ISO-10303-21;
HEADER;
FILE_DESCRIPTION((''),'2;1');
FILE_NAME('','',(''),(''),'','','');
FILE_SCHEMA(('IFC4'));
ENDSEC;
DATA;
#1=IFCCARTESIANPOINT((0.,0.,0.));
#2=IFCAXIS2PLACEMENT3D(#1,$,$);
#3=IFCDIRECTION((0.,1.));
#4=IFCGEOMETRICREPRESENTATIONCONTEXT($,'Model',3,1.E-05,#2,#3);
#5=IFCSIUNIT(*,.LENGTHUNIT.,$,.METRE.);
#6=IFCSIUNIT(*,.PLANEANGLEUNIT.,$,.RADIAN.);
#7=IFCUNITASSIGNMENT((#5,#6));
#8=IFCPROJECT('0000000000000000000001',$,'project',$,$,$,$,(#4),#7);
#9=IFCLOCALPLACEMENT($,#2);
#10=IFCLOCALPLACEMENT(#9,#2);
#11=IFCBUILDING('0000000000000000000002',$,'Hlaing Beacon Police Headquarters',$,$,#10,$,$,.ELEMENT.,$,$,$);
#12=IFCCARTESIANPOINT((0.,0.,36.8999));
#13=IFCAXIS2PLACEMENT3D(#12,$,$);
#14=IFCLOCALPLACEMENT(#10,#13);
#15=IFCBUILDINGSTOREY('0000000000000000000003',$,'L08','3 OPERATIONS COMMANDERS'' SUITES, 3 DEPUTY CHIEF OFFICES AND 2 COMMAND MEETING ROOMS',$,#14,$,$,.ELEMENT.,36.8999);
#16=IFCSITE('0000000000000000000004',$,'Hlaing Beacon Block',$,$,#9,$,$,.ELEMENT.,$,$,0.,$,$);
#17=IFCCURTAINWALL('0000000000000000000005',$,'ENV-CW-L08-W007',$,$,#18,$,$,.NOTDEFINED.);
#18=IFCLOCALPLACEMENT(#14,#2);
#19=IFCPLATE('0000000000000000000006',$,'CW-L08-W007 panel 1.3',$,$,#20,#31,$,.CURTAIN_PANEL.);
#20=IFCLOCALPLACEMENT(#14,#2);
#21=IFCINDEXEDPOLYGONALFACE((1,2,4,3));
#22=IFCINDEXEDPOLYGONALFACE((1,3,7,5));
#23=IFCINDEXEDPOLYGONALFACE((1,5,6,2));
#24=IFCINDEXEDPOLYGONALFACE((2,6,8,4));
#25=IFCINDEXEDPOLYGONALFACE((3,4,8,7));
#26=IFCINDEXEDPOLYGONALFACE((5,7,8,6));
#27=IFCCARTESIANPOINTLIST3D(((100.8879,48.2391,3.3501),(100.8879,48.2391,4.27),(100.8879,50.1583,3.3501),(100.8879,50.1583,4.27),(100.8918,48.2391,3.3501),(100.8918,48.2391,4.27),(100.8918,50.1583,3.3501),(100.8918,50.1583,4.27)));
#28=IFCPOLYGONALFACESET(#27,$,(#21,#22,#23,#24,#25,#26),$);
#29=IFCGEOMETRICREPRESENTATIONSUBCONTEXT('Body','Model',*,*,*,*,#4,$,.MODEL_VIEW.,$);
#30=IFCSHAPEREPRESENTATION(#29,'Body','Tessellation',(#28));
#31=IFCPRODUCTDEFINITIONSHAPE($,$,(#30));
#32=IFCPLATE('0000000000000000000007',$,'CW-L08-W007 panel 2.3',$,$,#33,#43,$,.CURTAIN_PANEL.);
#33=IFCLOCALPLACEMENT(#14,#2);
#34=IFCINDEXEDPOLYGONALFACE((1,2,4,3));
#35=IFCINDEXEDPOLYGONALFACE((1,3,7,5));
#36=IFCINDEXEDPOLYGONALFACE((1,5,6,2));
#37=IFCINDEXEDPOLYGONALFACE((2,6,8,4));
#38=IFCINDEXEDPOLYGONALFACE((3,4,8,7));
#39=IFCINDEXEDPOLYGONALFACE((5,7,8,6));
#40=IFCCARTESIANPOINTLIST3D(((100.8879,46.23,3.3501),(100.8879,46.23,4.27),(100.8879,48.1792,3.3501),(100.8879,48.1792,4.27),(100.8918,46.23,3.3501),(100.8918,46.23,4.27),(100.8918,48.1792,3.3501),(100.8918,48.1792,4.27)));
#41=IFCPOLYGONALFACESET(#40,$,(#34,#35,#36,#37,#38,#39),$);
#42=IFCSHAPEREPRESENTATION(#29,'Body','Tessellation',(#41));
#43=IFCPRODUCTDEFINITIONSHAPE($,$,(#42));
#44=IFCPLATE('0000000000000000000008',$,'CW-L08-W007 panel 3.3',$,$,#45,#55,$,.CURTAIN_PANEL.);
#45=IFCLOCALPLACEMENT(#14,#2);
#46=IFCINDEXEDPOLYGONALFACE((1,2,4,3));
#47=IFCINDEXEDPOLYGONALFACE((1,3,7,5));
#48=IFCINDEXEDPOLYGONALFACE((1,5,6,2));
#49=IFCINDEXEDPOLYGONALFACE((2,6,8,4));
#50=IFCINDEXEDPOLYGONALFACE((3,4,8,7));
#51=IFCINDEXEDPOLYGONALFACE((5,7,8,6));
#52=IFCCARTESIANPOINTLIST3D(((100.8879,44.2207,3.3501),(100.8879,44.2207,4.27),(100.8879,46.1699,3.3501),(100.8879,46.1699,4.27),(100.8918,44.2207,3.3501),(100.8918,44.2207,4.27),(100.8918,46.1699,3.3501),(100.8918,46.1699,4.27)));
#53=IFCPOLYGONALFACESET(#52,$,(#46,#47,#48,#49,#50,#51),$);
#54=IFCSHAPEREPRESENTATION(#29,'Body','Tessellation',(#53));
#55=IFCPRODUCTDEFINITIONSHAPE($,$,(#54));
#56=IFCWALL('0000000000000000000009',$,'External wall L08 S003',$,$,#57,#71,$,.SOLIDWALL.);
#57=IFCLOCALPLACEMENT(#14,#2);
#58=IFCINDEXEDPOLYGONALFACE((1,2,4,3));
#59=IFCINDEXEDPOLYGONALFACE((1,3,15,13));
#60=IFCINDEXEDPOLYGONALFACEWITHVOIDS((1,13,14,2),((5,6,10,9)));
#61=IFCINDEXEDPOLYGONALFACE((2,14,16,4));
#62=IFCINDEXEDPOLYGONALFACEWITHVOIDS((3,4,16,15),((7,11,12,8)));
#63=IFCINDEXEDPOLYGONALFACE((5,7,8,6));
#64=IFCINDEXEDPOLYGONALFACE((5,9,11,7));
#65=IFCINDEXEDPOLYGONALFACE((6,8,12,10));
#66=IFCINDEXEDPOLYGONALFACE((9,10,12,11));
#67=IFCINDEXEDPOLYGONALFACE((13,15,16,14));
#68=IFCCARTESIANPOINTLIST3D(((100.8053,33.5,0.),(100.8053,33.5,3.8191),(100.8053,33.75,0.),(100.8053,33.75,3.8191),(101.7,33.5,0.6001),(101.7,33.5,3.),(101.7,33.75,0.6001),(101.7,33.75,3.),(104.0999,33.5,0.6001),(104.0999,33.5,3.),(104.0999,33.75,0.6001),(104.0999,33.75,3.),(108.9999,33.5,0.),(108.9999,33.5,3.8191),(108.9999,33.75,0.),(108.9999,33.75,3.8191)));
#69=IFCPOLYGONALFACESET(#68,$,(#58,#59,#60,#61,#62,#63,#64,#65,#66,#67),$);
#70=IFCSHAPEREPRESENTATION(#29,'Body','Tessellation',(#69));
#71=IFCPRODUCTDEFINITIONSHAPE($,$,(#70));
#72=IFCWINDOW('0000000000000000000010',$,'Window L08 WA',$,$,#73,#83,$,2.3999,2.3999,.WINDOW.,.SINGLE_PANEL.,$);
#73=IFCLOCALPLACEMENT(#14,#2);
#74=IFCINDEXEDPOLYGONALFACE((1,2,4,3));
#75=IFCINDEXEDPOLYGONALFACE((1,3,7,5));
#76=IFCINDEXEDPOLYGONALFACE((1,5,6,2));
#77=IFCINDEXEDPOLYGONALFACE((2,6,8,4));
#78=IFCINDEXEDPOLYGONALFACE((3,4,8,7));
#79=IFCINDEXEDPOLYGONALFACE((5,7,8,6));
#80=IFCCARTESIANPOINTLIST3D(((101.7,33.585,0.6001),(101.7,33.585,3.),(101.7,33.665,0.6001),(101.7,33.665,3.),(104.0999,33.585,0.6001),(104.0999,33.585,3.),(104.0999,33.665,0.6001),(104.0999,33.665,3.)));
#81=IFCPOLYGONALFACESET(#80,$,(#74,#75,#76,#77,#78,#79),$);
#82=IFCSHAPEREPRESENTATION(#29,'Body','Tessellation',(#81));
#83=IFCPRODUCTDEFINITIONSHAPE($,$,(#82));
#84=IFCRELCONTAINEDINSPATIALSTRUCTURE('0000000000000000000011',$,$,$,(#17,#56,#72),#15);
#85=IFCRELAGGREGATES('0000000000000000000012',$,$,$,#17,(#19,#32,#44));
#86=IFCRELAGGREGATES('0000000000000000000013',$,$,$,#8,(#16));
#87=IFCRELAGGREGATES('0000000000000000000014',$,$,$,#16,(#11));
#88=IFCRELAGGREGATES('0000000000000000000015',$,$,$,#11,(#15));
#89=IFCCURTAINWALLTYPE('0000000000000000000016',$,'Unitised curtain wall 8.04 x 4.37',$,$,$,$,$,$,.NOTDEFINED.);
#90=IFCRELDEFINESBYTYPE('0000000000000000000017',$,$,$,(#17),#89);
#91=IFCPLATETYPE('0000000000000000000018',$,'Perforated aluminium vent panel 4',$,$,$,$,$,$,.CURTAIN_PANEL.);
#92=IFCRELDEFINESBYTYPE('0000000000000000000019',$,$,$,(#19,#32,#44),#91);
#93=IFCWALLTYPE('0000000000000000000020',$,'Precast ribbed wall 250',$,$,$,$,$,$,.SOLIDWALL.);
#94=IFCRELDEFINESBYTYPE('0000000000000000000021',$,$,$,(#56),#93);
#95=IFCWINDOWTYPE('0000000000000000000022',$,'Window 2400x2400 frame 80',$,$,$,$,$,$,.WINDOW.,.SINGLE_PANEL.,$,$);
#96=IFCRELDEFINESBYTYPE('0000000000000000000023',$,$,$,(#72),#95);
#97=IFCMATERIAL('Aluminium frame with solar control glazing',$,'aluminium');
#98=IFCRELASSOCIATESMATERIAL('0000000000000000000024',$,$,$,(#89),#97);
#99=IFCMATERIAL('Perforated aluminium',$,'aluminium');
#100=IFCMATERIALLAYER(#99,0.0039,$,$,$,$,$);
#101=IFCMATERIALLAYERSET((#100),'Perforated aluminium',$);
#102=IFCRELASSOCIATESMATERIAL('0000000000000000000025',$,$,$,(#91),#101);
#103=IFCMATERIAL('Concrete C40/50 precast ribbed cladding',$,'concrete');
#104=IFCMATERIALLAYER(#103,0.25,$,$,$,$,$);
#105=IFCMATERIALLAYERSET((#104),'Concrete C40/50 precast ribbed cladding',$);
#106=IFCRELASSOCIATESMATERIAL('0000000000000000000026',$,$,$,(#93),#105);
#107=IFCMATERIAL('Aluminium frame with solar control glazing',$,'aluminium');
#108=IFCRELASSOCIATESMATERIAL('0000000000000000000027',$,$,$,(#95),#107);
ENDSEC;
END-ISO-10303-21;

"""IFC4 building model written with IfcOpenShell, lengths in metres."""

from ifc_helpers import new_model, si_unit, direction, frame, frame_2d, origin, origin_2d, place, context, subcontext, project, spatial, rectangle, extrude, material, layer, layer_set, type_object, element, fill, aggregate, save


model = new_model("IFC4")

# Units and contexts
model_context = context("Model", 3, precision=1e-05, world=origin(), true_north=direction((0.0, 1.0)))
body_context = subcontext(model_context, "Body", "Model", "MODEL_VIEW")
ifc_project = project(units=[si_unit("LENGTHUNIT", "METRE"), si_unit("PLANEANGLEUNIT", "RADIAN")], contexts=[model_context])

# Site, building, storey
site_placement = place(None, origin())
site = spatial("IfcSite", under=ifc_project, at=site_placement, Name="Hlaing Beacon Block", CompositionType="ELEMENT", RefElevation=0.0)
building_placement = place(site_placement, origin())
building = spatial("IfcBuilding", under=site, at=building_placement, Name="Hlaing Beacon Police Headquarters", CompositionType="ELEMENT")
storey_placement = place(building_placement, frame((0.0, 0.0, 36.8999)))
storey = spatial("IfcBuildingStorey", under=building, at=storey_placement, Name="L08", Description="3 OPERATIONS COMMANDERS' SUITES, 3 DEPUTY CHIEF OFFICES AND 2 COMMAND MEETING ROOMS", CompositionType="ELEMENT", Elevation=36.8999)

# Shared definitions
ifc_material_1 = material(Name="Aluminium frame with solar control glazing", Category="aluminium")
curtain_wall_type = type_object("IfcCurtainWallType", Name="Unitised curtain wall 8.04 x 4.37", PredefinedType="NOTDEFINED", material=ifc_material_1)

# Curtain wall
curtain_wall_1_placement = place(storey_placement, origin())
curtain_wall_1 = element("IfcCurtainWall", 1, at=curtain_wall_1_placement, inside=storey, type_object=curtain_wall_type, Name="ENV-CW-L08-W007", PredefinedType="NOTDEFINED")

# Plates
ifc_material_2 = material(Name="Perforated aluminium", Category="aluminium")
ifc_layer_1 = layer(ifc_material_2, 0.0039)
ifc_layer_set_1 = layer_set([ifc_layer_1], Name="Perforated aluminium")
plate_type_1 = type_object("IfcPlateType", Name="Perforated aluminium vent panel 4", PredefinedType="CURTAIN_PANEL", material=ifc_layer_set_1)
plate_1_placement = place(storey_placement, frame((100.8899, 49.1987, 3.3501), z_axis=(0.0, 0.0, 1.0), x_axis=(0.0, -1.0, 0.0)))
plate_1 = element("IfcPlate", 2, at=plate_1_placement, type_object=plate_type_1, Name="CW-L08-W007 panel 1.3", PredefinedType="CURTAIN_PANEL", context=body_context, shape_type="SweptSolid", body=[
    extrude(rectangle(XDim=1.9192, YDim=0.0039, at=origin_2d()), origin(), (0.0, 0.0, 1.0), 0.9199),
])
plate_2_placement = place(storey_placement, frame((100.8899, 47.2046, 3.3501), z_axis=(0.0, 0.0, 1.0), x_axis=(0.0, -1.0, 0.0)))
plate_2 = element("IfcPlate", 3, at=plate_2_placement, type_object=plate_type_1, Name="CW-L08-W007 panel 2.3", PredefinedType="CURTAIN_PANEL", context=body_context, shape_type="SweptSolid", body=[
    extrude(rectangle(XDim=1.9492, YDim=0.0039, at=origin_2d()), origin(), (0.0, 0.0, 1.0), 0.9199),
])
plate_3_placement = place(storey_placement, frame((100.8899, 45.1953, 3.3501), z_axis=(0.0, 0.0, 1.0), x_axis=(0.0, -1.0, 0.0)))
plate_3 = element("IfcPlate", 4, at=plate_3_placement, type_object=plate_type_1, Name="CW-L08-W007 panel 3.3", PredefinedType="CURTAIN_PANEL", context=body_context, shape_type="SweptSolid", body=[
    extrude(rectangle(XDim=1.9492, YDim=0.0039, at=origin_2d()), origin(), (0.0, 0.0, 1.0), 0.9199),
])
aggregate(curtain_wall_1, [plate_1, plate_2, plate_3])

# Wall, opening, window
ifc_material_3 = material(Name="Concrete C40/50 precast ribbed cladding", Category="concrete")
ifc_layer_2 = layer(ifc_material_3, 0.25)
ifc_layer_set_2 = layer_set([ifc_layer_2], Name="Concrete C40/50 precast ribbed cladding")
wall_type = type_object("IfcWallType", Name="Precast ribbed wall 250", PredefinedType="SOLIDWALL", material=ifc_layer_set_2)
wall_placement = place(storey_placement, frame((100.8054, 33.625, 0.0), z_axis=(0.0, 0.0, 1.0), x_axis=(1.0, 0.0, 0.0)))
wall = element("IfcWall", 5, at=wall_placement, inside=storey, type_object=wall_type, Name="External wall L08 S003", PredefinedType="SOLIDWALL", context=body_context, shape_type="SweptSolid", body=[
    extrude(rectangle(XDim=8.1946, YDim=0.25, at=frame_2d((4.0972, 0.0))), origin(), (0.0, 0.0, 1.0), 3.8191),
])
opening_placement = place(wall_placement, frame((0.8945, 0.0, 0.6001)))
opening = element("IfcOpeningElement", 6, at=opening_placement, cuts=wall, PredefinedType="OPENING", context=body_context, shape_type="SweptSolid", body=[
    extrude(rectangle(XDim=2.3999, YDim=2.3999, at=frame_2d((1.2, 1.2))), frame((0.0, 0.135, 0.0), z_axis=(0.0, -1.0, 0.0), x_axis=(1.0, 0.0, 0.0)), (0.0, 0.0, 1.0), 0.27),
])
ifc_material_4 = material(Name="Aluminium frame with solar control glazing", Category="aluminium")
window_type = type_object("IfcWindowType", Name="Window 2400x2400 frame 80", PartitioningType="SINGLE_PANEL", PredefinedType="WINDOW", material=ifc_material_4)
window_placement = place(opening_placement, origin())
window = element("IfcWindow", 7, at=window_placement, inside=storey, type_object=window_type, Name="Window L08 WA", OverallHeight=2.3999, OverallWidth=2.3999, PartitioningType="SINGLE_PANEL", PredefinedType="WINDOW", context=body_context, shape_type="SweptSolid", body=[
    extrude(rectangle(XDim=2.3999, YDim=2.3999, at=frame_2d((1.2, 1.2))), frame((0.0, 0.04, 0.0), z_axis=(0.0, -1.0, 0.0), x_axis=(1.0, 0.0, 0.0)), (0.0, 0.0, 1.0), 0.0801),
])
fill(opening, window)

save(model, "model.ifc")
